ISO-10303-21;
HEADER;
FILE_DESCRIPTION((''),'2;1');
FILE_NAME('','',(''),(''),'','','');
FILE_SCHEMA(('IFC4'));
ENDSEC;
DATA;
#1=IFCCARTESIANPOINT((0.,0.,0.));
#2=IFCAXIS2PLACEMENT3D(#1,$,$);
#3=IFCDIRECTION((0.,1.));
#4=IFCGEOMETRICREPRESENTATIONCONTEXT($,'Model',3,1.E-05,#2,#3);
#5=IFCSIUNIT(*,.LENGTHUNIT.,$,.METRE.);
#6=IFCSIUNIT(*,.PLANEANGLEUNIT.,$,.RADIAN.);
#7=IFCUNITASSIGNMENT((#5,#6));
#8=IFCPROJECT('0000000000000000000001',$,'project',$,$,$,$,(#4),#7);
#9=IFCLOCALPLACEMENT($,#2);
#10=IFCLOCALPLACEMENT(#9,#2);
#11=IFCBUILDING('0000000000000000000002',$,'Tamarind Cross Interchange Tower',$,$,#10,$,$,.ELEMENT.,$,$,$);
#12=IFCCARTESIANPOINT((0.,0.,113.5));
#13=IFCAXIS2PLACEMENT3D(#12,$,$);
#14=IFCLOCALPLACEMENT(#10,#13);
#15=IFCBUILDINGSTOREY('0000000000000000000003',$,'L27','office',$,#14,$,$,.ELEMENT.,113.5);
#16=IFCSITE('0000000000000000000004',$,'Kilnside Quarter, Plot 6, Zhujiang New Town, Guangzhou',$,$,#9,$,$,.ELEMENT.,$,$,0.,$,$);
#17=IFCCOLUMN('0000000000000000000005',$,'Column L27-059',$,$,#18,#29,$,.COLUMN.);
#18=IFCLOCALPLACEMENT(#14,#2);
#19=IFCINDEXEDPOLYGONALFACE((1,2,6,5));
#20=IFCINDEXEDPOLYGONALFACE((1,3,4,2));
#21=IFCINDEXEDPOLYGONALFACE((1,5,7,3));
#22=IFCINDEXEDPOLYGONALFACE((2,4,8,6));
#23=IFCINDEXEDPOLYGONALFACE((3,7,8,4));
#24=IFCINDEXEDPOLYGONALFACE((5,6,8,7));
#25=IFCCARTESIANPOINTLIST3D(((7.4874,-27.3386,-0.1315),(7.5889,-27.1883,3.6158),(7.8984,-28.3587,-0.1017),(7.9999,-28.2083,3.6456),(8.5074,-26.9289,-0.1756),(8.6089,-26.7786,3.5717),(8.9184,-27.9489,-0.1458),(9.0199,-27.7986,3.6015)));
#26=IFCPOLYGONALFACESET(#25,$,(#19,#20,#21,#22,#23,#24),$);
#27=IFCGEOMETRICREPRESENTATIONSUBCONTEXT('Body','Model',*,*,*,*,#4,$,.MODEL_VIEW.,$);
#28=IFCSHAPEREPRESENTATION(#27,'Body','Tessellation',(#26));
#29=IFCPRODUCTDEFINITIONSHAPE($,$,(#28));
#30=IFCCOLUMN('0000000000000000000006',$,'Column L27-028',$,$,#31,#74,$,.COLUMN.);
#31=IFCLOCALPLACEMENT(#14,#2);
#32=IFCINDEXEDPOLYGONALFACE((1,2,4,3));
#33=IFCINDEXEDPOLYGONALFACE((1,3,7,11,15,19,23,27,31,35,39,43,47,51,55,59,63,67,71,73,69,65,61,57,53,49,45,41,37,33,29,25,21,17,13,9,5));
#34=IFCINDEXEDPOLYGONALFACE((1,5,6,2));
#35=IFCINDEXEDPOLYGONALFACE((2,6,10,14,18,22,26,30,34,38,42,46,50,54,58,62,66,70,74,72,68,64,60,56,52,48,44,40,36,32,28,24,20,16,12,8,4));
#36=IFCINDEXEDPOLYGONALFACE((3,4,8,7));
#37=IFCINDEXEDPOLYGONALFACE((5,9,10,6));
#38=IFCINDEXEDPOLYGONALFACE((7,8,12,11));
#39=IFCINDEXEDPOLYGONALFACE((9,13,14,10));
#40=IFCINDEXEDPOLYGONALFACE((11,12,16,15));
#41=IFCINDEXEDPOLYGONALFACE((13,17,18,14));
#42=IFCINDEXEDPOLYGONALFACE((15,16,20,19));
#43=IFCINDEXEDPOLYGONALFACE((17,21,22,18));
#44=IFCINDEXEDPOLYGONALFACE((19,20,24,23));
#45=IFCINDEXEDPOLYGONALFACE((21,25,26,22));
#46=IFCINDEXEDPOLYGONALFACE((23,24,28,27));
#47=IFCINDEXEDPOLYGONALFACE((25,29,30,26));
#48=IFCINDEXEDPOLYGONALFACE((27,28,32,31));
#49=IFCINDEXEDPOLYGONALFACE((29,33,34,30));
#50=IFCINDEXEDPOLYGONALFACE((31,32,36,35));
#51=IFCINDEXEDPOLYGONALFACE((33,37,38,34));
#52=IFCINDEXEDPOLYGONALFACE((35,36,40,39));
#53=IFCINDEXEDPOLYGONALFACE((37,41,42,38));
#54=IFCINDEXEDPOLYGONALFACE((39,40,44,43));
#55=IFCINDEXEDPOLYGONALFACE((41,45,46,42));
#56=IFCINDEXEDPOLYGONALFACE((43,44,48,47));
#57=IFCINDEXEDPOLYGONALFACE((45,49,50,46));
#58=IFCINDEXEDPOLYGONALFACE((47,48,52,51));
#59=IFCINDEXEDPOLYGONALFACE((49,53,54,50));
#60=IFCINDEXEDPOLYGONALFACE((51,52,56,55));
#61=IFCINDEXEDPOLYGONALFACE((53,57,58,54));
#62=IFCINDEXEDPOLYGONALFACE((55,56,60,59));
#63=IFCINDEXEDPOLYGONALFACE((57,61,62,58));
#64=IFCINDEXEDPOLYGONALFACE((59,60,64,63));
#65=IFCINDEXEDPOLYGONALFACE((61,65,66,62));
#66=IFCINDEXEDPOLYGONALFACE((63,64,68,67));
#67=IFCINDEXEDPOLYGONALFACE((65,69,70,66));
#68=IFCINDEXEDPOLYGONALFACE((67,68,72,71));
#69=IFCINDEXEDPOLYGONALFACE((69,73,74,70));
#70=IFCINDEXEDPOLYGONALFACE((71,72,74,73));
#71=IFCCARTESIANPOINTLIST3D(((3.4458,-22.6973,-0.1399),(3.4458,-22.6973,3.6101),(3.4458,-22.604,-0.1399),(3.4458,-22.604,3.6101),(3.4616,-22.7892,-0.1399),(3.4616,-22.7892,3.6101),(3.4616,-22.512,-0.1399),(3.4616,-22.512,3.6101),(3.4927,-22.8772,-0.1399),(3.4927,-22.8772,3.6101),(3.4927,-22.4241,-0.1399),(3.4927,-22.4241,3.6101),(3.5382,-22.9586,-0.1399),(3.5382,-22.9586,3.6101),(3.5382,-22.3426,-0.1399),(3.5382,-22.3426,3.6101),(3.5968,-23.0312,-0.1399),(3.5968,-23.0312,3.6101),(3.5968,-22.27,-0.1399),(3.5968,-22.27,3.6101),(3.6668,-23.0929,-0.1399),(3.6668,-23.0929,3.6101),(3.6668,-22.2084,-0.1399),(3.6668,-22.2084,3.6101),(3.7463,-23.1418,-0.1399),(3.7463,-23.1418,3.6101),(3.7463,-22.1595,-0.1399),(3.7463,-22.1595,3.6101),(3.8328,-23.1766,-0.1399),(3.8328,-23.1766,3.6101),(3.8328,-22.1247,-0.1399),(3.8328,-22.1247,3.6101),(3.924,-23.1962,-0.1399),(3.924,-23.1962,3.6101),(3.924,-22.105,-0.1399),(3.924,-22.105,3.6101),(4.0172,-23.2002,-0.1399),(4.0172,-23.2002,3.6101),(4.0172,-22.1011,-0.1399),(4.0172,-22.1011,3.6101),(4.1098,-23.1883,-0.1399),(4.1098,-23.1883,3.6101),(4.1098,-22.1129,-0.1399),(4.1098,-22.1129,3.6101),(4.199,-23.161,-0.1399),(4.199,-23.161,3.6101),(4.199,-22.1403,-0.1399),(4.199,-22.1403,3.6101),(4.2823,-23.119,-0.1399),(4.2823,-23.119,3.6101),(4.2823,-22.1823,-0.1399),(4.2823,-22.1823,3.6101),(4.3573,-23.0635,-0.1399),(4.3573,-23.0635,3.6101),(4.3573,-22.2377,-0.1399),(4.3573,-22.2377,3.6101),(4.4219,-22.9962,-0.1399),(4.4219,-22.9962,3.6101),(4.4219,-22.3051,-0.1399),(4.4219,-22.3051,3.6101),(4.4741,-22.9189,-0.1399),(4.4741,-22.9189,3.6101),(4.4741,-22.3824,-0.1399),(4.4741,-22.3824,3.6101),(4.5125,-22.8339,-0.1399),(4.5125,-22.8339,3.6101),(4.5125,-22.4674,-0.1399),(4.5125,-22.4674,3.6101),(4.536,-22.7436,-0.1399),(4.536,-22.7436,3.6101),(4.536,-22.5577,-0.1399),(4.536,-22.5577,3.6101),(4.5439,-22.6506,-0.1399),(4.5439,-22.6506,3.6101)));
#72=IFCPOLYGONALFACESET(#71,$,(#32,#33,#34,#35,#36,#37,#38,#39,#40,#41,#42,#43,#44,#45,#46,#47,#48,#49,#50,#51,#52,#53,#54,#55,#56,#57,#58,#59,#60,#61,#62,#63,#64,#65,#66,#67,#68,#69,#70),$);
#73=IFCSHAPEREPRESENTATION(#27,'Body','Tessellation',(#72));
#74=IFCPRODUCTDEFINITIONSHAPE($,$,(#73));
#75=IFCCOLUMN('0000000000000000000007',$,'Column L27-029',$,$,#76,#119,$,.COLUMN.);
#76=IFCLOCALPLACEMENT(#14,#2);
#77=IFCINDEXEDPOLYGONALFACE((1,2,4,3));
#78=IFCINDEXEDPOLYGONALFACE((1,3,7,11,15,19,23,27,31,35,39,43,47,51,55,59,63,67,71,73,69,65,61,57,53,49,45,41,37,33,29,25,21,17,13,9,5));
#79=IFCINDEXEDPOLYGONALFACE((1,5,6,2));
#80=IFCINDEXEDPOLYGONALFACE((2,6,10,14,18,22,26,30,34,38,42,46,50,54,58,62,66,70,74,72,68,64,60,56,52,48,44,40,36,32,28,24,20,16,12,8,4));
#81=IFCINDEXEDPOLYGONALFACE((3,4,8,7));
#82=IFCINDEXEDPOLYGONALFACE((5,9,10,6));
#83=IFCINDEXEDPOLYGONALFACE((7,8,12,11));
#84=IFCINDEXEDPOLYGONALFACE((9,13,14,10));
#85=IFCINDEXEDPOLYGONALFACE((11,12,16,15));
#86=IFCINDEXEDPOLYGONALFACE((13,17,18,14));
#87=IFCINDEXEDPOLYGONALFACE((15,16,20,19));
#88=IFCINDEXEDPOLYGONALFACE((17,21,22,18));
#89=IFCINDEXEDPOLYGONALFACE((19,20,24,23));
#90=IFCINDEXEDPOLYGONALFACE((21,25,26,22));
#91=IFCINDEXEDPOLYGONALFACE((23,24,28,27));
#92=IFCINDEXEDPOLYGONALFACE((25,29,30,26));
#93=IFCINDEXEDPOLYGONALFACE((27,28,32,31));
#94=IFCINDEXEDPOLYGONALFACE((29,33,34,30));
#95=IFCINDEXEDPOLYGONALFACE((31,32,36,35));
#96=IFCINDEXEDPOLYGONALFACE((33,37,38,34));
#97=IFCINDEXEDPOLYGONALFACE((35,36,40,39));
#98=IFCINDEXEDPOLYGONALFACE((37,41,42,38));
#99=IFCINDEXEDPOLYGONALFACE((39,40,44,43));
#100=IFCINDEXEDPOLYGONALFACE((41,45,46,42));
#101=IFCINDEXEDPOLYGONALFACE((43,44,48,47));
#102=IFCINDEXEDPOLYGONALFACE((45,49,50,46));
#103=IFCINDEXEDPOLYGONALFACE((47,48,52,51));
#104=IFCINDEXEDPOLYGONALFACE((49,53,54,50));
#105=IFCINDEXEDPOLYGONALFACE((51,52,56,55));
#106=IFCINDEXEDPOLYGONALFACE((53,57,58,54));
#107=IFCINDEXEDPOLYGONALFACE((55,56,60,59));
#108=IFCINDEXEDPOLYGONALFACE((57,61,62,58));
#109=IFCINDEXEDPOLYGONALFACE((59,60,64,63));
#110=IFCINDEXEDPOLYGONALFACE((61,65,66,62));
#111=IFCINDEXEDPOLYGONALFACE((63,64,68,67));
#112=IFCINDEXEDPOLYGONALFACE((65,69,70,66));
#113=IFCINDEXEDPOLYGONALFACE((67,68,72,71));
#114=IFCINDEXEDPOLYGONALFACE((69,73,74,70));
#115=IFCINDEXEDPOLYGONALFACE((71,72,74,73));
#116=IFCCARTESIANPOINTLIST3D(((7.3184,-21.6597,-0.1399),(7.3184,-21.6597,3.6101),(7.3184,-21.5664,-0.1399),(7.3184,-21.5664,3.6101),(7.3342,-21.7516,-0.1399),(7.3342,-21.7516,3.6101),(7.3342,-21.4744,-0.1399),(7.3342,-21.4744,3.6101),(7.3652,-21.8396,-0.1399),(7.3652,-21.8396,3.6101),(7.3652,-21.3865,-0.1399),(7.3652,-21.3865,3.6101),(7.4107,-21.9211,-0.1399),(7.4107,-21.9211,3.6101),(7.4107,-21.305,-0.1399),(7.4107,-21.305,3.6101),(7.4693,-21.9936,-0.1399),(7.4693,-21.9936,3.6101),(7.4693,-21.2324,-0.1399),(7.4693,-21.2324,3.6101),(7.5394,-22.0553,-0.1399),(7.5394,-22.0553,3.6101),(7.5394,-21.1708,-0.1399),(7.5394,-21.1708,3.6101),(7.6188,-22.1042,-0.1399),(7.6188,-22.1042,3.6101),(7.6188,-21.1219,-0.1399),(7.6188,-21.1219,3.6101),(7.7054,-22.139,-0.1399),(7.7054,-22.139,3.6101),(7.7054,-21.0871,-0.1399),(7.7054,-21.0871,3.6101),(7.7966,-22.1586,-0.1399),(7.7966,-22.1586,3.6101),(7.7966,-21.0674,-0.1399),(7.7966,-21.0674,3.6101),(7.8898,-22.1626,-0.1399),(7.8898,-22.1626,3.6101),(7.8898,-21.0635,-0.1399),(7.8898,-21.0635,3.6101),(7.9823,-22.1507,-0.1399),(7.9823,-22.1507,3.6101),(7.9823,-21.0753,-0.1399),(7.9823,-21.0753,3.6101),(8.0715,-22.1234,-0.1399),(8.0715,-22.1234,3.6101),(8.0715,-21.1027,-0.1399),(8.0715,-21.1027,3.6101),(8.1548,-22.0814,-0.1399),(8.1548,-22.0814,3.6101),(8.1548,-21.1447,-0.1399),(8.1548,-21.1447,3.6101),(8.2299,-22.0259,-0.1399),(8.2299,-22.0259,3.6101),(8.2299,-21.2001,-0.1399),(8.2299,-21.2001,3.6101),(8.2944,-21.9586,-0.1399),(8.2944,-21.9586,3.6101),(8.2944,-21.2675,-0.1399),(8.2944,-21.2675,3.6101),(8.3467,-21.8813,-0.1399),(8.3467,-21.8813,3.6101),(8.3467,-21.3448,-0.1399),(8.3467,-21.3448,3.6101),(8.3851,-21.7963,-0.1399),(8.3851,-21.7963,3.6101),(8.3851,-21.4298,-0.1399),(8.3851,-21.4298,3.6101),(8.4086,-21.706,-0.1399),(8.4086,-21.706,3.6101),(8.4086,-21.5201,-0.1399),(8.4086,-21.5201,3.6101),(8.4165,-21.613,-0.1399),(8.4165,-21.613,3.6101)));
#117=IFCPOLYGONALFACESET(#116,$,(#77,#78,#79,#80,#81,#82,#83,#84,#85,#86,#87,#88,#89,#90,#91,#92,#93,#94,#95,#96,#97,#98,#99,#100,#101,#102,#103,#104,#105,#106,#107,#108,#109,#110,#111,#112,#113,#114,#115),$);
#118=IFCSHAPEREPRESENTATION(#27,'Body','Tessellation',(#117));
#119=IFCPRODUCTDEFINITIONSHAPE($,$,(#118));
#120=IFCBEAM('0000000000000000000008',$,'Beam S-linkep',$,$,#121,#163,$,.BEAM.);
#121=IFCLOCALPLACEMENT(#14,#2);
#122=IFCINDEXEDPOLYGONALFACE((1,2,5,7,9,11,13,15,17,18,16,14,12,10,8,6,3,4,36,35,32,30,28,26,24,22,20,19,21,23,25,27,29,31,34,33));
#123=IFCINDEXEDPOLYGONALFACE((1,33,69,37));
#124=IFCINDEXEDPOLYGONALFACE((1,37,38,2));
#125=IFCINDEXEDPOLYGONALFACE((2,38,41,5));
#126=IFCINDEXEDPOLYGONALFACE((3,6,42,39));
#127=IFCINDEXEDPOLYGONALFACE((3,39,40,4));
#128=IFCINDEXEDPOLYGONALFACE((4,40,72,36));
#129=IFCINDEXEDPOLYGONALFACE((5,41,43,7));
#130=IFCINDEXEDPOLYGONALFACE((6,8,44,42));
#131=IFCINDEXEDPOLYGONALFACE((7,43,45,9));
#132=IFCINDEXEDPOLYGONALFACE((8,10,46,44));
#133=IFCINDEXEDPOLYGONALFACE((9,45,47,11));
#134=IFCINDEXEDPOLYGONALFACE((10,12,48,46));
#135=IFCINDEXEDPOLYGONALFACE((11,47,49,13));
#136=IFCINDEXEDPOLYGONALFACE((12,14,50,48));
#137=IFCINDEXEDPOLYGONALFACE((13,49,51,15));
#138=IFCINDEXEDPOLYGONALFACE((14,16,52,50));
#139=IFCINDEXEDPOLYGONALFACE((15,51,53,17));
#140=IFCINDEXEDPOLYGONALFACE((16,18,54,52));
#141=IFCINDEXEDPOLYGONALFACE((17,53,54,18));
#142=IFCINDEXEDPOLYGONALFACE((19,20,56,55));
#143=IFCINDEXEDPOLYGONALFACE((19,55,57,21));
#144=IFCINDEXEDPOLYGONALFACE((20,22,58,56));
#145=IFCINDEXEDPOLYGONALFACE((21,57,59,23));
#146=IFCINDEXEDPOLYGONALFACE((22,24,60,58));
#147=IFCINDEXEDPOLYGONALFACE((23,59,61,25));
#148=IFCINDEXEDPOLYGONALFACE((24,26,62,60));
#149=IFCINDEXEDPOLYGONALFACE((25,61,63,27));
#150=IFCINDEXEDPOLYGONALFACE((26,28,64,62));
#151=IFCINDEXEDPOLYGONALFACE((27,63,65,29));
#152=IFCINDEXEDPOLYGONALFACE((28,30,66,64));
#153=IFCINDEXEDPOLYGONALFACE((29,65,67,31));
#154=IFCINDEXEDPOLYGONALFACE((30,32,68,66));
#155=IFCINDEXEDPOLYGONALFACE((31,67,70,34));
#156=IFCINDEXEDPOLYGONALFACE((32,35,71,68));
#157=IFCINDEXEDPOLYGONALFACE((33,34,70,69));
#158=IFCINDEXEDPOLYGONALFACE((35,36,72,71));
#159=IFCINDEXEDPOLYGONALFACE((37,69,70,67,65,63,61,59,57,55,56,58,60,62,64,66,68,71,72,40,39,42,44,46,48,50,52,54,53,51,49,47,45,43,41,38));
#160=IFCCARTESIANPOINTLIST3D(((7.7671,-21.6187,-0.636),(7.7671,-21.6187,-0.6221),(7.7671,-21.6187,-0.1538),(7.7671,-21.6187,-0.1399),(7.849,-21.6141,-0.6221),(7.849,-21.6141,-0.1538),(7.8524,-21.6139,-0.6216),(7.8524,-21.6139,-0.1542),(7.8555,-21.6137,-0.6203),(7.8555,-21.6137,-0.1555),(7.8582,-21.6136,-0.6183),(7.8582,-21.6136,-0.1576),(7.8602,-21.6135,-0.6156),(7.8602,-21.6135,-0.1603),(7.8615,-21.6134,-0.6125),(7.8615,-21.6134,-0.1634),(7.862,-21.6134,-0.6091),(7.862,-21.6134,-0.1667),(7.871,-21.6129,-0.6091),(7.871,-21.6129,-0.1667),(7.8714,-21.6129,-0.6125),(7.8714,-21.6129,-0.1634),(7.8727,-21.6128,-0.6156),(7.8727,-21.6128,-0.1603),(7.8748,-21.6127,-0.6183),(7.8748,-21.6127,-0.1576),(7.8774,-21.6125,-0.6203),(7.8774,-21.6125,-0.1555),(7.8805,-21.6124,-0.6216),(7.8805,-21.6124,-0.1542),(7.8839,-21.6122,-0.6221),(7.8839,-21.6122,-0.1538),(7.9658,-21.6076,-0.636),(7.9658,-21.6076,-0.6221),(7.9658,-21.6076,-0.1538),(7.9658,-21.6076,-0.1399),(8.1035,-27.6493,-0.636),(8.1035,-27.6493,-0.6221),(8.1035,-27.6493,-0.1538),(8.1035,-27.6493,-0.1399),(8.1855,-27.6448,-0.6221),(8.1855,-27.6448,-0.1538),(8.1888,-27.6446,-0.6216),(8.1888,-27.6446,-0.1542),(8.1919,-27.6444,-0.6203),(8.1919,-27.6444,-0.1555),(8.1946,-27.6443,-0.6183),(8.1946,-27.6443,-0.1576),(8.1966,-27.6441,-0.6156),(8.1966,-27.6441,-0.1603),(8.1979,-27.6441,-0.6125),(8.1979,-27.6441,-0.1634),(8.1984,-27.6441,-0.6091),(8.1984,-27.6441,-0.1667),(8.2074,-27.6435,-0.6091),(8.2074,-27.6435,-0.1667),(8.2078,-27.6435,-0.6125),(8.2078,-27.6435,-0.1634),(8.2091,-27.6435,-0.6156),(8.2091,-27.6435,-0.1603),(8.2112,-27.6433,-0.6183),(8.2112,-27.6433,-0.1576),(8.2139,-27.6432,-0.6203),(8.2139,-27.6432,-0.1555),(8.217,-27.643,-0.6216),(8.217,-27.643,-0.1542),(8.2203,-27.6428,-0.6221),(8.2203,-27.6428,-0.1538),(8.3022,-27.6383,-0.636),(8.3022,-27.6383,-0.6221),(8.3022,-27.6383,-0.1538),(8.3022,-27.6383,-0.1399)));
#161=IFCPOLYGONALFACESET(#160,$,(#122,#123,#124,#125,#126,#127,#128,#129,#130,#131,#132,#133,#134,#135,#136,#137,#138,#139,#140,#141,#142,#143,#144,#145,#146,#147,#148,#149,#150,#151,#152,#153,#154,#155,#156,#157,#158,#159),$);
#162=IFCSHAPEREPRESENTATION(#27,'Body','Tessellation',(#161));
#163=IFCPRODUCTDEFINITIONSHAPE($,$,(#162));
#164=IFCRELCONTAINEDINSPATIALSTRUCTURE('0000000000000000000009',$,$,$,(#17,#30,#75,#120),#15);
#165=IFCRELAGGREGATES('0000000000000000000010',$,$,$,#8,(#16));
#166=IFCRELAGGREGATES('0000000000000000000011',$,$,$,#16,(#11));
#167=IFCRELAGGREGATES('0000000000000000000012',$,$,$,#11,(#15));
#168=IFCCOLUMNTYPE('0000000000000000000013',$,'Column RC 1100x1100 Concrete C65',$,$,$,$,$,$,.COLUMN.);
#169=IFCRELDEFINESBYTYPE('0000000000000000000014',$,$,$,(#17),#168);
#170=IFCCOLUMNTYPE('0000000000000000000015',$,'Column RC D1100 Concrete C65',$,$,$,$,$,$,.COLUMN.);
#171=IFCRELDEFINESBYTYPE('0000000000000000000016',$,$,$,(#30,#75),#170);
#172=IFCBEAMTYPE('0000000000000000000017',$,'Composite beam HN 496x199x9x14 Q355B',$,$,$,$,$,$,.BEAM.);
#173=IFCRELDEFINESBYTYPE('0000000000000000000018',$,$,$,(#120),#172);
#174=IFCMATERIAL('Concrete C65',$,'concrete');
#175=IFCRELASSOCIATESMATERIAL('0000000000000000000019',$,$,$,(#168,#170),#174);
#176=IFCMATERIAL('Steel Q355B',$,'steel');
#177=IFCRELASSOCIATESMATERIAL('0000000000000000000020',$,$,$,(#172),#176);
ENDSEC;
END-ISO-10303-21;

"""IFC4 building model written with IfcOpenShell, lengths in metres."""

from ifc_helpers import new_model, si_unit, direction, frame, origin, origin_2d, place, context, subcontext, project, spatial, rectangle, circle, i_section, extrude, material, material_profile, profile_set, type_object, element, save


model = new_model("IFC4")

# Units and contexts
model_context = context("Model", 3, precision=1e-05, world=origin(), true_north=direction((0.0, 1.0)))
body_context = subcontext(model_context, "Body", "Model", "MODEL_VIEW")
ifc_project = project(units=[si_unit("LENGTHUNIT", "METRE"), si_unit("PLANEANGLEUNIT", "RADIAN")], contexts=[model_context])

# Site, building, storey
site_placement = place(None, origin())
site = spatial("IfcSite", under=ifc_project, at=site_placement, Name="Kilnside Quarter, Plot 6, Zhujiang New Town, Guangzhou", CompositionType="ELEMENT", RefElevation=0.0)
building_placement = place(site_placement, origin())
building = spatial("IfcBuilding", under=site, at=building_placement, Name="Tamarind Cross Interchange Tower", CompositionType="ELEMENT")
storey_placement = place(building_placement, frame((0.0, 0.0, 113.5)))
storey = spatial("IfcBuildingStorey", under=building, at=storey_placement, Name="L27", Description="office", CompositionType="ELEMENT", Elevation=113.5)

# Columns
ifc_material_1 = material(Name="Concrete C65", Category="concrete")
ifc_material_profile_1 = material_profile(ifc_material_1, rectangle(XDim=1.1001, YDim=1.1001, at=origin_2d()), Name="RC 1100x1100")
ifc_profile_set_1 = profile_set([ifc_material_profile_1], Name="Concrete C65")
column_type_1 = type_object("IfcColumnType", Name="Column RC 1100x1100 Concrete C65", PredefinedType="COLUMN", material=ifc_profile_set_1)
column_placement = place(storey_placement, frame((8.2029, -27.6438, -0.1387), z_axis=(0.027071, 0.040086, 0.998829), x_axis=(-0.927196, -0.372427, 0.040076)))
element("IfcColumn", 1, at=column_placement, inside=storey, type_object=column_type_1, Name="Column L27-059", PredefinedType="COLUMN", context=body_context, shape_type="SweptSolid", body=[
    extrude(rectangle(XDim=1.1001, YDim=1.1001, at=origin_2d()), origin(), (0.0, 0.0, 1.0), 3.7517),
])
ifc_material_profile_2 = material_profile(ifc_material_1, circle(Radius=0.55, at=origin_2d()), Name="RC D1100")
ifc_profile_set_2 = profile_set([ifc_material_profile_2], Name="Concrete C65")
column_type_2 = type_object("IfcColumnType", Name="Column RC D1100 Concrete C65", PredefinedType="COLUMN", material=ifc_profile_set_2)
for number, where, z_axis, x_axis, name in (
    (2, (3.9939, -22.6506, -0.1399), (0.0, 0.0, 1.0), (1.0, 0.0, 0.0), "Column L27-028"),
    (3, (7.8665, -21.613, -0.1399), (0.0, 0.0, 1.0), (1.0, 0.0, 0.0), "Column L27-029"),
):
    element("IfcColumn", number, at=place(storey_placement, frame(where, z_axis=z_axis, x_axis=x_axis)), inside=storey, type_object=column_type_2, Name=name, PredefinedType="COLUMN", context=body_context, shape_type="SweptSolid", body=[
        extrude(circle(Radius=0.55, at=origin_2d()), origin(), (0.0, 0.0, 1.0), 3.75),
    ])

# Beam
ifc_material_2 = material(Name="Steel Q355B", Category="steel")
ifc_material_profile_3 = material_profile(ifc_material_2, i_section(OverallWidth=0.199, OverallDepth=0.4961, WebThickness=0.009, FlangeThickness=0.0139, FilletRadius=0.0129, at=origin_2d()), Name="HN 496x199x9x14")
ifc_profile_set_3 = profile_set([ifc_material_profile_3], Name="Steel Q355B")
beam_type_1 = type_object("IfcBeamType", Name="Composite beam HN 496x199x9x14 Q355B", PredefinedType="BEAM", material=ifc_profile_set_3)
beam_1_placement = place(storey_placement, frame((8.2029, -27.6438, -0.3879), z_axis=(-0.055698, 0.998448, 0.0), x_axis=(-0.998448, -0.055698, 0.0)))
element("IfcBeam", 4, at=beam_1_placement, inside=storey, type_object=beam_type_1, Name="Beam S-linkep", PredefinedType="BEAM", context=body_context, shape_type="SweptSolid", body=[
    extrude(i_section(OverallWidth=0.199, OverallDepth=0.4961, WebThickness=0.009, FlangeThickness=0.0139, FilletRadius=0.0129, at=origin_2d()), origin(), (0.0, 0.0, 1.0), 6.04),
])

save(model, "model.ifc")
